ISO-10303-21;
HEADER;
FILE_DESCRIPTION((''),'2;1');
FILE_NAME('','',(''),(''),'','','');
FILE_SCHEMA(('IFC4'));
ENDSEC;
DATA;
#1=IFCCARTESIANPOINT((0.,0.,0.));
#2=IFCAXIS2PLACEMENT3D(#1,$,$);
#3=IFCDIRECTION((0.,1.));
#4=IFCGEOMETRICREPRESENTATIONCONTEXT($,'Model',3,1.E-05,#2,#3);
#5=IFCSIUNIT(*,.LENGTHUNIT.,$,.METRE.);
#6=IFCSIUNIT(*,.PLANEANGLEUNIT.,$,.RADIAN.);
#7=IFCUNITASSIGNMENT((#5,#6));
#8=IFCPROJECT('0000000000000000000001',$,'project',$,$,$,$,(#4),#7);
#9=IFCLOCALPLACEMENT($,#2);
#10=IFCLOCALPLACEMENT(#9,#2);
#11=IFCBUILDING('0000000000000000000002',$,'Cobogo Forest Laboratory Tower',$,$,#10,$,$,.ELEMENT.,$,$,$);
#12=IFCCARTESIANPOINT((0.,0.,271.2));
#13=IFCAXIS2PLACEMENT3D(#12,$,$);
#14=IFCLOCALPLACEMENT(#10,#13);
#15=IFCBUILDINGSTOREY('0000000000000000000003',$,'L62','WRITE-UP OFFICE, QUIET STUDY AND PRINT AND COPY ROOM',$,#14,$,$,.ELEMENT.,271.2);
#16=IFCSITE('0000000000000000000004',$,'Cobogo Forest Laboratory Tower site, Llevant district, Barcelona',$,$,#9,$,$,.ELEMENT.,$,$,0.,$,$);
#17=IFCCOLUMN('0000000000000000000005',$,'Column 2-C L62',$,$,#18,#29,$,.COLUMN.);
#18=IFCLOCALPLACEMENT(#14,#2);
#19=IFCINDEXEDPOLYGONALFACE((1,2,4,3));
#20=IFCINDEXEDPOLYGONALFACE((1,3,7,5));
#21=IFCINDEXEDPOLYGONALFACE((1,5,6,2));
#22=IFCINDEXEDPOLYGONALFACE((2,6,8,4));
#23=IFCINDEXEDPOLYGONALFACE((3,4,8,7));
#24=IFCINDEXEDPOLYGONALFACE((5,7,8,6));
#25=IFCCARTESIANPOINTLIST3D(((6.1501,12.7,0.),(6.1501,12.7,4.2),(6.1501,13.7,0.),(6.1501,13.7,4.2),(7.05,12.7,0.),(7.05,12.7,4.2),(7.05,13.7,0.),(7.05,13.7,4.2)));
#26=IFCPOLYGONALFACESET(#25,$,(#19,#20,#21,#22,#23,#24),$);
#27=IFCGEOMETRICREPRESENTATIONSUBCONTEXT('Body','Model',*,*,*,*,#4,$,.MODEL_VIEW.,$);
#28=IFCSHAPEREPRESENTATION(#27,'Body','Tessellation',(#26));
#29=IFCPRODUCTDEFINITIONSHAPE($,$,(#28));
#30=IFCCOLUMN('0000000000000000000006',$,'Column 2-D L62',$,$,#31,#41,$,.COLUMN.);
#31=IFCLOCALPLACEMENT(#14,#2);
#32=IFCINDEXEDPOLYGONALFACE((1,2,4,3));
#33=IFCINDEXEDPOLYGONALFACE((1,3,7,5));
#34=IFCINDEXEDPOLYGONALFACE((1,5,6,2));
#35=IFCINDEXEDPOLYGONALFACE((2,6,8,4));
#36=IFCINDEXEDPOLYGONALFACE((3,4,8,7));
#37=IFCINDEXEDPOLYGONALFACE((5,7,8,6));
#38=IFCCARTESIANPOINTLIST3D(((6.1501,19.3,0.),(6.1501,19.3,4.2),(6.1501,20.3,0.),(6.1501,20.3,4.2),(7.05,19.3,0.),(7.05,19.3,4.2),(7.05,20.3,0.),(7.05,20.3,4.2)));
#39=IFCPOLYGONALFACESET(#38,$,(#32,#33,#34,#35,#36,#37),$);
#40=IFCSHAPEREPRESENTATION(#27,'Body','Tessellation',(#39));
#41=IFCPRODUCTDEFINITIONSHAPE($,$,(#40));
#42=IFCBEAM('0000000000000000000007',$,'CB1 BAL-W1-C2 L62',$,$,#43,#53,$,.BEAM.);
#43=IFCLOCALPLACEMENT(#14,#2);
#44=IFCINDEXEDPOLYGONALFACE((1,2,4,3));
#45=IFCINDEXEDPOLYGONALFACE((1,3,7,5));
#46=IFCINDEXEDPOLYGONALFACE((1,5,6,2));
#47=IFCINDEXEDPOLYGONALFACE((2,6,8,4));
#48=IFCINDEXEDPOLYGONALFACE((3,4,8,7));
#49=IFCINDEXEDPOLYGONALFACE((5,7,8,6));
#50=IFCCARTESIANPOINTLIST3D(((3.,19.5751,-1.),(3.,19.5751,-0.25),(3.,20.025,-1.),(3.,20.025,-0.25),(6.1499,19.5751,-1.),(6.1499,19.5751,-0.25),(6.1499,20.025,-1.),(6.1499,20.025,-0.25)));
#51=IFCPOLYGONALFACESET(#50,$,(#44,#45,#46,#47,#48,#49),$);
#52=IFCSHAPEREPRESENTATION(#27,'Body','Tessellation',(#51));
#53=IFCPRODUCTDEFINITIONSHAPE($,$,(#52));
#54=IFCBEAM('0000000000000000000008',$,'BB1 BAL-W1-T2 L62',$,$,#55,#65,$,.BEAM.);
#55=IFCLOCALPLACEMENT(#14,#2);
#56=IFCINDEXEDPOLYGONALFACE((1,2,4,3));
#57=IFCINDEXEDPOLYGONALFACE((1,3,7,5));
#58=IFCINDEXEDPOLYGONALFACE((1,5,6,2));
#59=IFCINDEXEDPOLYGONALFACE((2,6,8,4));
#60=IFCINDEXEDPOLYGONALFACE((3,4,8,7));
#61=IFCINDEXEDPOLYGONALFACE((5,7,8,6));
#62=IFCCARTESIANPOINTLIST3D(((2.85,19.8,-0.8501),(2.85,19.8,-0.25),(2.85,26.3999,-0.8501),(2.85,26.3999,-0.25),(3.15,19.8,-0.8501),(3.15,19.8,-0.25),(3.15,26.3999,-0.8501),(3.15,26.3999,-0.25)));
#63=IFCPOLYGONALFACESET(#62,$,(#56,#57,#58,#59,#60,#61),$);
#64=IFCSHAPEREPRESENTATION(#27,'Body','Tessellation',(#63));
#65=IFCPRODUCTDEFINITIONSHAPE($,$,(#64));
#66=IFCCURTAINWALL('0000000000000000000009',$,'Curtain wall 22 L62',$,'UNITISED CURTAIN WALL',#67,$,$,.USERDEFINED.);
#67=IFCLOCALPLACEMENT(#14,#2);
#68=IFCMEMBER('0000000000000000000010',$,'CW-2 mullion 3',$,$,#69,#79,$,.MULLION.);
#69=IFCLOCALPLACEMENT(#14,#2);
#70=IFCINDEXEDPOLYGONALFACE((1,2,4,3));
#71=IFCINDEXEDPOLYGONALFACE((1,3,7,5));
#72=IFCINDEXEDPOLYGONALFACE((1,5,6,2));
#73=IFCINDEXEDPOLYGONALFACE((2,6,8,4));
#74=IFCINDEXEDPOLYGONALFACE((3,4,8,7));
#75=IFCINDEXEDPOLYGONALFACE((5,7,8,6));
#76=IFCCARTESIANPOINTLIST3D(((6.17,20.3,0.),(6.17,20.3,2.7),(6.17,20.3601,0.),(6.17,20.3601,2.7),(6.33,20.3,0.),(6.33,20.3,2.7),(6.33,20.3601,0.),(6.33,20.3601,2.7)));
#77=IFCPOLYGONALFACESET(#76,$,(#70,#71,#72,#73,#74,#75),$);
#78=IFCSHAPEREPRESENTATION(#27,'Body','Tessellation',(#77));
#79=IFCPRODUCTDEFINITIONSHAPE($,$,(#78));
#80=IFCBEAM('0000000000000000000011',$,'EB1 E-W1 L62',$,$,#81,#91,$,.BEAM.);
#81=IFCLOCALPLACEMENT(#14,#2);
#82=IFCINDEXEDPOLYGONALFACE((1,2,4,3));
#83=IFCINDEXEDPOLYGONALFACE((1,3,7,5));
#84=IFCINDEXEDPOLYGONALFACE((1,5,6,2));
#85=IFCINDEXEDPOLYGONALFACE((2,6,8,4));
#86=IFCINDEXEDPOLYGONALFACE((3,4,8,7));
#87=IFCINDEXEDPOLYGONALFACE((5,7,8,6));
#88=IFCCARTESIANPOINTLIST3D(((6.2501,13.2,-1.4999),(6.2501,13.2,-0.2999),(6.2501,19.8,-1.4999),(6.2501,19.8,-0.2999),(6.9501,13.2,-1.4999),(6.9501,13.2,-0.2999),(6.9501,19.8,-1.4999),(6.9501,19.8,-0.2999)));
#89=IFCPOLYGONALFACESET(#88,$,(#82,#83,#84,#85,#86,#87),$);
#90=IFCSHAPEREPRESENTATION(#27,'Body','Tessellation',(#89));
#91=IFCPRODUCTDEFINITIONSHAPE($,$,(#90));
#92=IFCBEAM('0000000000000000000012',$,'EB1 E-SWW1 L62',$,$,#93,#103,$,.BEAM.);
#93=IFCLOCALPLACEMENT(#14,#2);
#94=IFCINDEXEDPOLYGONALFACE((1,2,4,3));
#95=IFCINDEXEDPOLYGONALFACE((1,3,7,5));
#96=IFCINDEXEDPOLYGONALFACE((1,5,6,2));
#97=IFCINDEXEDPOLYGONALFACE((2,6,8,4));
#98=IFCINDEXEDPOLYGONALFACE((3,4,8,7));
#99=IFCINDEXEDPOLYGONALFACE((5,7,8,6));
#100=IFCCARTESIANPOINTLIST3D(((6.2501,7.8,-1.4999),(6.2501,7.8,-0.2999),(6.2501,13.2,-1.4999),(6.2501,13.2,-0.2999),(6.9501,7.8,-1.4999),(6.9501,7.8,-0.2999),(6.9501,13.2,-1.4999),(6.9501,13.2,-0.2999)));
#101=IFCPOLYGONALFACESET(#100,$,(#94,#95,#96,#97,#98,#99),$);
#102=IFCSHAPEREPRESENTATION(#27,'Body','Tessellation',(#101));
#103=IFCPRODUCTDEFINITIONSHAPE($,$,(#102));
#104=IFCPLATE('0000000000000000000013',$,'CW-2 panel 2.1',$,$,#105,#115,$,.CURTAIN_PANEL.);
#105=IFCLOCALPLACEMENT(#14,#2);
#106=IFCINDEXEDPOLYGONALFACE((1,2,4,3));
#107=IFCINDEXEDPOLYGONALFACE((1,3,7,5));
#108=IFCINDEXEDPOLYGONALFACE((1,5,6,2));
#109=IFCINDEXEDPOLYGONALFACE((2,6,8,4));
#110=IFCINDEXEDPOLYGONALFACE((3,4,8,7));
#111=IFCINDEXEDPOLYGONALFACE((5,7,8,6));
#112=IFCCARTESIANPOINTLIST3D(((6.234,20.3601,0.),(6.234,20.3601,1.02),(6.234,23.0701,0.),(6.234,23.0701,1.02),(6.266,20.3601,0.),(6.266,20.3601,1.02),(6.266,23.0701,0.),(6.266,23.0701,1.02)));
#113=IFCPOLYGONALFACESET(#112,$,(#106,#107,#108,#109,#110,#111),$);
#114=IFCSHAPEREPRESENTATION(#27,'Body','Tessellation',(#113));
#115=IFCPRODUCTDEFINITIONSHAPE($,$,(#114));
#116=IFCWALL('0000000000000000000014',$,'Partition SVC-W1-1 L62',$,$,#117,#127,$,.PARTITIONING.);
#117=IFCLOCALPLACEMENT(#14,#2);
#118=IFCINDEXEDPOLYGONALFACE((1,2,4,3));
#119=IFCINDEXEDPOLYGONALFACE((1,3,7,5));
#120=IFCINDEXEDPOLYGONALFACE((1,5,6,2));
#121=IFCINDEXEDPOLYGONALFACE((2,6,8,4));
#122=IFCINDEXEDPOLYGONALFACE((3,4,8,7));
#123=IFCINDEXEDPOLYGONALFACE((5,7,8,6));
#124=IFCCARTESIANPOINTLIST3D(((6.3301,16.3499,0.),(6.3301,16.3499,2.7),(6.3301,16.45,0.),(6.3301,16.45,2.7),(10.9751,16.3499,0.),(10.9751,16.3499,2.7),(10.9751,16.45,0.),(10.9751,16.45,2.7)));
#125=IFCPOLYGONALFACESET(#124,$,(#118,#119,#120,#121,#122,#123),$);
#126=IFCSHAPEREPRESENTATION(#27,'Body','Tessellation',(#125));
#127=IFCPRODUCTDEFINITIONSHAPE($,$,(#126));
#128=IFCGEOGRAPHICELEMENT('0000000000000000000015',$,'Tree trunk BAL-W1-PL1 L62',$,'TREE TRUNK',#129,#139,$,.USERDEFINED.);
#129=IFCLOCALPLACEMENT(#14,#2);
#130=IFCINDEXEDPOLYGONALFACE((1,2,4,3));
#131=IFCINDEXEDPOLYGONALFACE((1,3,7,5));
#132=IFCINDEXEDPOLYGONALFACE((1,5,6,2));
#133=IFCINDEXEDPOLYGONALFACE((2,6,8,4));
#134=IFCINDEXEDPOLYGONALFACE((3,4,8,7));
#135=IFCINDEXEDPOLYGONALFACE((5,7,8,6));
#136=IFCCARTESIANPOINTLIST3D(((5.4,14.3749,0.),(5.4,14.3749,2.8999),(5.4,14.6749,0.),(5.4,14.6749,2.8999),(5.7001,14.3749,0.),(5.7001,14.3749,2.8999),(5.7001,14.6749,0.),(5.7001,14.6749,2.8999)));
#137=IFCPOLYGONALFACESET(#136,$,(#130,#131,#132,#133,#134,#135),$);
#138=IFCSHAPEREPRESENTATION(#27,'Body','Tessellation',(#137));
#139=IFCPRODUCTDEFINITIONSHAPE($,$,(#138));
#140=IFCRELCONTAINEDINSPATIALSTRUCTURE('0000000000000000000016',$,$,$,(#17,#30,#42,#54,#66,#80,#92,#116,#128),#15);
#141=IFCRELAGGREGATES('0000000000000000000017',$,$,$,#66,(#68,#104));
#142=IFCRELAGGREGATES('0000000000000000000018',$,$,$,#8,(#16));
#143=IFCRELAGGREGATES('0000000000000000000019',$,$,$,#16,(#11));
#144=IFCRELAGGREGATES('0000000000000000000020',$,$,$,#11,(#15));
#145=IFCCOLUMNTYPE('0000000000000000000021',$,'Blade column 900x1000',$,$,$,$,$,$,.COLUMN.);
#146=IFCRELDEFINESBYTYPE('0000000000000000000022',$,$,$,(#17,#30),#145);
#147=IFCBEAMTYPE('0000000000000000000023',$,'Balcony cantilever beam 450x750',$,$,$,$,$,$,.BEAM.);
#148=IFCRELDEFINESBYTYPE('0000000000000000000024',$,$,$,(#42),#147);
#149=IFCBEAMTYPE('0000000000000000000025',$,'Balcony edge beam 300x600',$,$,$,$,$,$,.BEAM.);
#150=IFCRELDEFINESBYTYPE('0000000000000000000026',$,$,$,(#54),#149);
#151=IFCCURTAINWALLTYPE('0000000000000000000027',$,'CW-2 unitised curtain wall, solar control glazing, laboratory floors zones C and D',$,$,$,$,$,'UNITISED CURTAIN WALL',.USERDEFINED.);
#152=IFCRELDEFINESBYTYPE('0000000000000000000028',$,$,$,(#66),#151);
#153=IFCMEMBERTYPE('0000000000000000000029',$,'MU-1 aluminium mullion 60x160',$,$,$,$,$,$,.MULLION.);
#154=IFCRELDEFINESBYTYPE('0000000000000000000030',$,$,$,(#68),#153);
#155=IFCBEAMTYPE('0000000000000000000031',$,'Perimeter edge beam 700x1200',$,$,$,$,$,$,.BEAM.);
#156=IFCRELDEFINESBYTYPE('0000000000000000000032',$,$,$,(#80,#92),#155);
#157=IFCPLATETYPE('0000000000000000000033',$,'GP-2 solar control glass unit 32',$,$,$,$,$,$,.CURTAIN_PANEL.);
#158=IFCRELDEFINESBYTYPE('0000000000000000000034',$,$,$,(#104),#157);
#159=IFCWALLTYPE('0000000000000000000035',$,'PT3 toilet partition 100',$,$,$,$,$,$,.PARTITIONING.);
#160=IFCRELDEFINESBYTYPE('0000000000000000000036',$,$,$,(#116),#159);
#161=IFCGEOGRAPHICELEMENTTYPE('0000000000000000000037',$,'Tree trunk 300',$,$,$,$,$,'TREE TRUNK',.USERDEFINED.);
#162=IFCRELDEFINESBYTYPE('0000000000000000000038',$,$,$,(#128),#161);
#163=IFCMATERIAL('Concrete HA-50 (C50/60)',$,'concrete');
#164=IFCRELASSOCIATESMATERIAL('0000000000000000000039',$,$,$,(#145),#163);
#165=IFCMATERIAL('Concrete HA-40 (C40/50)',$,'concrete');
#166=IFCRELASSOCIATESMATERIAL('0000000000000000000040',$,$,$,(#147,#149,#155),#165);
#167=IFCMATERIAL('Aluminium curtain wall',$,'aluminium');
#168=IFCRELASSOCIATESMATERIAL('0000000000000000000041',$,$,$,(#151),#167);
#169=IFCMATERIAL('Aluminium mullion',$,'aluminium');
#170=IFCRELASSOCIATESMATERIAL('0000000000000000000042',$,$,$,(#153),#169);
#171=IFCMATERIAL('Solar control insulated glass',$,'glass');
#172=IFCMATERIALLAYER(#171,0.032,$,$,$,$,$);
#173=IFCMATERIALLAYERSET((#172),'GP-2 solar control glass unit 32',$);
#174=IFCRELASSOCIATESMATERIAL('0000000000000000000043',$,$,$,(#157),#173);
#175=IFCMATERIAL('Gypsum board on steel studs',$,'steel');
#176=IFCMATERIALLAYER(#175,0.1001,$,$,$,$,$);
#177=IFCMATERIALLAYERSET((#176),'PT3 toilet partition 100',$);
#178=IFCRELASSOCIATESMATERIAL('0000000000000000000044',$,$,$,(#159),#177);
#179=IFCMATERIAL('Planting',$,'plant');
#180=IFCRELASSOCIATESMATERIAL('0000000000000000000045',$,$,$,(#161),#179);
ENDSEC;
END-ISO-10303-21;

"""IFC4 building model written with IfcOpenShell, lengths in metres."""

from ifc_helpers import new_model, si_unit, direction, frame, frame_2d, origin, origin_2d, place, context, subcontext, project, spatial, rectangle, extrude, material, layer, layer_set, material_profile, profile_set, type_object, element, aggregate, save


model = new_model("IFC4")

# Units and contexts
model_context = context("Model", 3, precision=1e-05, world=origin(), true_north=direction((0.0, 1.0)))
body_context = subcontext(model_context, "Body", "Model", "MODEL_VIEW")
ifc_project = project(units=[si_unit("LENGTHUNIT", "METRE"), si_unit("PLANEANGLEUNIT", "RADIAN")], contexts=[model_context])

# Site, building, storey
site_placement = place(None, origin())
site = spatial("IfcSite", under=ifc_project, at=site_placement, Name="Cobogo Forest Laboratory Tower site, Llevant district, Barcelona", CompositionType="ELEMENT", RefElevation=0.0)
building_placement = place(site_placement, origin())
building = spatial("IfcBuilding", under=site, at=building_placement, Name="Cobogo Forest Laboratory Tower", CompositionType="ELEMENT")
storey_placement = place(building_placement, frame((0.0, 0.0, 271.2)))
storey = spatial("IfcBuildingStorey", under=building, at=storey_placement, Name="L62", Description="WRITE-UP OFFICE, QUIET STUDY AND PRINT AND COPY ROOM", CompositionType="ELEMENT", Elevation=271.2)

# Columns
ifc_material_1 = material(Name="Concrete HA-50 (C50/60)", Category="concrete")
ifc_material_profile_1 = material_profile(ifc_material_1, rectangle(XDim=1.0, YDim=0.8999, at=origin_2d()), Name="RC 900x1000")
ifc_profile_set_1 = profile_set([ifc_material_profile_1], Name="Concrete HA-50 (C50/60)")
column_type = type_object("IfcColumnType", Name="Blade column 900x1000", PredefinedType="COLUMN", material=ifc_profile_set_1)
for number, where, z_axis, x_axis, name in (
    (1, (6.6001, 13.2, 0.0), (0.0, 0.0, 1.0), (0.0, 1.0, 0.0), "Column 2-C L62"),
    (2, (6.6001, 19.8, 0.0), (0.0, 0.0, 1.0), (0.0, 1.0, 0.0), "Column 2-D L62"),
):
    element("IfcColumn", number, at=place(storey_placement, frame(where, z_axis=z_axis, x_axis=x_axis)), inside=storey, type_object=column_type, Name=name, PredefinedType="COLUMN", context=body_context, shape_type="SweptSolid", body=[
        extrude(rectangle(XDim=1.0, YDim=0.8999, at=origin_2d()), origin(), (0.0, 0.0, 1.0), 4.2),
    ])

# Beams
ifc_material_2 = material(Name="Concrete HA-40 (C40/50)", Category="concrete")
ifc_material_profile_2 = material_profile(ifc_material_2, rectangle(XDim=0.45, YDim=0.75, at=origin_2d()), Name="RC 450x750")
ifc_profile_set_2 = profile_set([ifc_material_profile_2], Name="Concrete HA-40 (C40/50)")
beam_type_1 = type_object("IfcBeamType", Name="Balcony cantilever beam 450x750", PredefinedType="BEAM", material=ifc_profile_set_2)
beam_1_placement = place(storey_placement, frame((6.1499, 19.8, -0.625), z_axis=(-1.0, 0.0, 0.0), x_axis=(0.0, -1.0, 0.0)))
element("IfcBeam", 3, at=beam_1_placement, inside=storey, type_object=beam_type_1, Name="CB1 BAL-W1-C2 L62", PredefinedType="BEAM", context=body_context, shape_type="SweptSolid", body=[
    extrude(rectangle(XDim=0.45, YDim=0.75, at=origin_2d()), origin(), (0.0, 0.0, 1.0), 3.1499),
])
ifc_material_profile_3 = material_profile(ifc_material_2, rectangle(XDim=0.3, YDim=0.6001, at=origin_2d()), Name="RC 300x600")
ifc_profile_set_3 = profile_set([ifc_material_profile_3], Name="Concrete HA-40 (C40/50)")
beam_type_2 = type_object("IfcBeamType", Name="Balcony edge beam 300x600", PredefinedType="BEAM", material=ifc_profile_set_3)
beam_2_placement = place(storey_placement, frame((3.0, 19.8, -0.55), z_axis=(0.0, 1.0, 0.0), x_axis=(-1.0, 0.0, 0.0)))
element("IfcBeam", 4, at=beam_2_placement, inside=storey, type_object=beam_type_2, Name="BB1 BAL-W1-T2 L62", PredefinedType="BEAM", context=body_context, shape_type="SweptSolid", body=[
    extrude(rectangle(XDim=0.3, YDim=0.6001, at=origin_2d()), origin(), (0.0, 0.0, 1.0), 6.5999),
])

# Curtain wall, member
ifc_material_3 = material(Name="Aluminium curtain wall", Category="aluminium")
curtain_wall_type = type_object("IfcCurtainWallType", Name="CW-2 unitised curtain wall, solar control glazing, laboratory floors zones C and D", ElementType="UNITISED CURTAIN WALL", PredefinedType="USERDEFINED", material=ifc_material_3)
curtain_wall_placement = place(storey_placement, origin())
curtain_wall = element("IfcCurtainWall", 5, at=curtain_wall_placement, inside=storey, type_object=curtain_wall_type, Name="Curtain wall 22 L62", ObjectType="UNITISED CURTAIN WALL", PredefinedType="USERDEFINED")
ifc_material_4 = material(Name="Aluminium mullion", Category="aluminium")
ifc_material_profile_4 = material_profile(ifc_material_4, rectangle(XDim=0.0601, YDim=0.1599, at=origin_2d()), Name="AL 60x160")
ifc_profile_set_4 = profile_set([ifc_material_profile_4], Name="Aluminium mullion")
member_type = type_object("IfcMemberType", Name="MU-1 aluminium mullion 60x160", PredefinedType="MULLION", material=ifc_profile_set_4)
member_placement = place(storey_placement, frame((6.25, 20.3301, 0.0), z_axis=(0.0, 0.0, 1.0), x_axis=(0.0, -1.0, 0.0)))
member = element("IfcMember", 6, at=member_placement, type_object=member_type, Name="CW-2 mullion 3", PredefinedType="MULLION", context=body_context, shape_type="SweptSolid", body=[
    extrude(rectangle(XDim=0.0601, YDim=0.1599, at=origin_2d()), origin(), (0.0, 0.0, 1.0), 2.7),
])

# Beams
ifc_material_profile_5 = material_profile(ifc_material_2, rectangle(XDim=0.7, YDim=1.2, at=origin_2d()), Name="RC 700x1200")
ifc_profile_set_5 = profile_set([ifc_material_profile_5], Name="Concrete HA-40 (C40/50)")
beam_type_3 = type_object("IfcBeamType", Name="Perimeter edge beam 700x1200", PredefinedType="BEAM", material=ifc_profile_set_5)
beam_3_placement = place(storey_placement, frame((6.6001, 13.2, -0.8999), z_axis=(0.0, 1.0, 0.0), x_axis=(-1.0, 0.0, 0.0)))
element("IfcBeam", 7, at=beam_3_placement, inside=storey, type_object=beam_type_3, Name="EB1 E-W1 L62", PredefinedType="BEAM", context=body_context, shape_type="SweptSolid", body=[
    extrude(rectangle(XDim=0.7, YDim=1.2, at=origin_2d()), origin(), (0.0, 0.0, 1.0), 6.6001),
])
beam_4_placement = place(storey_placement, frame((6.6001, 13.2, -0.8999), z_axis=(0.0, -1.0, 0.0), x_axis=(1.0, 0.0, 0.0)))
element("IfcBeam", 8, at=beam_4_placement, inside=storey, type_object=beam_type_3, Name="EB1 E-SWW1 L62", PredefinedType="BEAM", context=body_context, shape_type="SweptSolid", body=[
    extrude(rectangle(XDim=0.7, YDim=1.2, at=origin_2d()), origin(), (0.0, 0.0, 1.0), 5.3999),
])

# Plate
ifc_material_5 = material(Name="Solar control insulated glass", Category="glass")
ifc_layer_1 = layer(ifc_material_5, 0.032)
ifc_layer_set_1 = layer_set([ifc_layer_1], Name="GP-2 solar control glass unit 32")
plate_type = type_object("IfcPlateType", Name="GP-2 solar control glass unit 32", PredefinedType="CURTAIN_PANEL", material=ifc_layer_set_1)
plate_placement = place(storey_placement, frame((6.25, 21.7151, 0.0), z_axis=(0.0, 0.0, 1.0), x_axis=(0.0, -1.0, 0.0)))
plate = element("IfcPlate", 9, at=plate_placement, type_object=plate_type, Name="CW-2 panel 2.1", PredefinedType="CURTAIN_PANEL", context=body_context, shape_type="SweptSolid", body=[
    extrude(rectangle(XDim=2.71, YDim=0.032, at=origin_2d()), origin(), (0.0, 0.0, 1.0), 1.02),
])
aggregate(curtain_wall, [member, plate])

# Wall
ifc_material_6 = material(Name="Gypsum board on steel studs", Category="steel")
ifc_layer_2 = layer(ifc_material_6, 0.1001)
ifc_layer_set_2 = layer_set([ifc_layer_2], Name="PT3 toilet partition 100")
wall_type_1 = type_object("IfcWallType", Name="PT3 toilet partition 100", PredefinedType="PARTITIONING", material=ifc_layer_set_2)
wall_1_placement = place(storey_placement, frame((6.3301, 16.3999, 0.0), z_axis=(0.0, 0.0, 1.0), x_axis=(1.0, 0.0, 0.0)))
element("IfcWall", 10, at=wall_1_placement, inside=storey, type_object=wall_type_1, Name="Partition SVC-W1-1 L62", PredefinedType="PARTITIONING", context=body_context, shape_type="SweptSolid", body=[
    extrude(rectangle(XDim=4.645, YDim=0.1001, at=frame_2d((2.3225, 0.0))), origin(), (0.0, 0.0, 1.0), 2.7),
])

# Geographic element
ifc_material_7 = material(Name="Planting", Category="plant")
geographic_element_type = type_object("IfcGeographicElementType", Name="Tree trunk 300", ElementType="TREE TRUNK", PredefinedType="USERDEFINED", material=ifc_material_7)
geographic_element_placement = place(storey_placement, frame((5.55, 14.5249, 0.0), z_axis=(0.0, 0.0, 1.0), x_axis=(1.0, 0.0, 0.0)))
element("IfcGeographicElement", 11, at=geographic_element_placement, inside=storey, type_object=geographic_element_type, Name="Tree trunk BAL-W1-PL1 L62", ObjectType="TREE TRUNK", PredefinedType="USERDEFINED", context=body_context, shape_type="SweptSolid", body=[
    extrude(rectangle(XDim=0.3, YDim=0.3, at=origin_2d()), origin(), (0.0, 0.0, 1.0), 2.8999),
])

save(model, "model.ifc")
